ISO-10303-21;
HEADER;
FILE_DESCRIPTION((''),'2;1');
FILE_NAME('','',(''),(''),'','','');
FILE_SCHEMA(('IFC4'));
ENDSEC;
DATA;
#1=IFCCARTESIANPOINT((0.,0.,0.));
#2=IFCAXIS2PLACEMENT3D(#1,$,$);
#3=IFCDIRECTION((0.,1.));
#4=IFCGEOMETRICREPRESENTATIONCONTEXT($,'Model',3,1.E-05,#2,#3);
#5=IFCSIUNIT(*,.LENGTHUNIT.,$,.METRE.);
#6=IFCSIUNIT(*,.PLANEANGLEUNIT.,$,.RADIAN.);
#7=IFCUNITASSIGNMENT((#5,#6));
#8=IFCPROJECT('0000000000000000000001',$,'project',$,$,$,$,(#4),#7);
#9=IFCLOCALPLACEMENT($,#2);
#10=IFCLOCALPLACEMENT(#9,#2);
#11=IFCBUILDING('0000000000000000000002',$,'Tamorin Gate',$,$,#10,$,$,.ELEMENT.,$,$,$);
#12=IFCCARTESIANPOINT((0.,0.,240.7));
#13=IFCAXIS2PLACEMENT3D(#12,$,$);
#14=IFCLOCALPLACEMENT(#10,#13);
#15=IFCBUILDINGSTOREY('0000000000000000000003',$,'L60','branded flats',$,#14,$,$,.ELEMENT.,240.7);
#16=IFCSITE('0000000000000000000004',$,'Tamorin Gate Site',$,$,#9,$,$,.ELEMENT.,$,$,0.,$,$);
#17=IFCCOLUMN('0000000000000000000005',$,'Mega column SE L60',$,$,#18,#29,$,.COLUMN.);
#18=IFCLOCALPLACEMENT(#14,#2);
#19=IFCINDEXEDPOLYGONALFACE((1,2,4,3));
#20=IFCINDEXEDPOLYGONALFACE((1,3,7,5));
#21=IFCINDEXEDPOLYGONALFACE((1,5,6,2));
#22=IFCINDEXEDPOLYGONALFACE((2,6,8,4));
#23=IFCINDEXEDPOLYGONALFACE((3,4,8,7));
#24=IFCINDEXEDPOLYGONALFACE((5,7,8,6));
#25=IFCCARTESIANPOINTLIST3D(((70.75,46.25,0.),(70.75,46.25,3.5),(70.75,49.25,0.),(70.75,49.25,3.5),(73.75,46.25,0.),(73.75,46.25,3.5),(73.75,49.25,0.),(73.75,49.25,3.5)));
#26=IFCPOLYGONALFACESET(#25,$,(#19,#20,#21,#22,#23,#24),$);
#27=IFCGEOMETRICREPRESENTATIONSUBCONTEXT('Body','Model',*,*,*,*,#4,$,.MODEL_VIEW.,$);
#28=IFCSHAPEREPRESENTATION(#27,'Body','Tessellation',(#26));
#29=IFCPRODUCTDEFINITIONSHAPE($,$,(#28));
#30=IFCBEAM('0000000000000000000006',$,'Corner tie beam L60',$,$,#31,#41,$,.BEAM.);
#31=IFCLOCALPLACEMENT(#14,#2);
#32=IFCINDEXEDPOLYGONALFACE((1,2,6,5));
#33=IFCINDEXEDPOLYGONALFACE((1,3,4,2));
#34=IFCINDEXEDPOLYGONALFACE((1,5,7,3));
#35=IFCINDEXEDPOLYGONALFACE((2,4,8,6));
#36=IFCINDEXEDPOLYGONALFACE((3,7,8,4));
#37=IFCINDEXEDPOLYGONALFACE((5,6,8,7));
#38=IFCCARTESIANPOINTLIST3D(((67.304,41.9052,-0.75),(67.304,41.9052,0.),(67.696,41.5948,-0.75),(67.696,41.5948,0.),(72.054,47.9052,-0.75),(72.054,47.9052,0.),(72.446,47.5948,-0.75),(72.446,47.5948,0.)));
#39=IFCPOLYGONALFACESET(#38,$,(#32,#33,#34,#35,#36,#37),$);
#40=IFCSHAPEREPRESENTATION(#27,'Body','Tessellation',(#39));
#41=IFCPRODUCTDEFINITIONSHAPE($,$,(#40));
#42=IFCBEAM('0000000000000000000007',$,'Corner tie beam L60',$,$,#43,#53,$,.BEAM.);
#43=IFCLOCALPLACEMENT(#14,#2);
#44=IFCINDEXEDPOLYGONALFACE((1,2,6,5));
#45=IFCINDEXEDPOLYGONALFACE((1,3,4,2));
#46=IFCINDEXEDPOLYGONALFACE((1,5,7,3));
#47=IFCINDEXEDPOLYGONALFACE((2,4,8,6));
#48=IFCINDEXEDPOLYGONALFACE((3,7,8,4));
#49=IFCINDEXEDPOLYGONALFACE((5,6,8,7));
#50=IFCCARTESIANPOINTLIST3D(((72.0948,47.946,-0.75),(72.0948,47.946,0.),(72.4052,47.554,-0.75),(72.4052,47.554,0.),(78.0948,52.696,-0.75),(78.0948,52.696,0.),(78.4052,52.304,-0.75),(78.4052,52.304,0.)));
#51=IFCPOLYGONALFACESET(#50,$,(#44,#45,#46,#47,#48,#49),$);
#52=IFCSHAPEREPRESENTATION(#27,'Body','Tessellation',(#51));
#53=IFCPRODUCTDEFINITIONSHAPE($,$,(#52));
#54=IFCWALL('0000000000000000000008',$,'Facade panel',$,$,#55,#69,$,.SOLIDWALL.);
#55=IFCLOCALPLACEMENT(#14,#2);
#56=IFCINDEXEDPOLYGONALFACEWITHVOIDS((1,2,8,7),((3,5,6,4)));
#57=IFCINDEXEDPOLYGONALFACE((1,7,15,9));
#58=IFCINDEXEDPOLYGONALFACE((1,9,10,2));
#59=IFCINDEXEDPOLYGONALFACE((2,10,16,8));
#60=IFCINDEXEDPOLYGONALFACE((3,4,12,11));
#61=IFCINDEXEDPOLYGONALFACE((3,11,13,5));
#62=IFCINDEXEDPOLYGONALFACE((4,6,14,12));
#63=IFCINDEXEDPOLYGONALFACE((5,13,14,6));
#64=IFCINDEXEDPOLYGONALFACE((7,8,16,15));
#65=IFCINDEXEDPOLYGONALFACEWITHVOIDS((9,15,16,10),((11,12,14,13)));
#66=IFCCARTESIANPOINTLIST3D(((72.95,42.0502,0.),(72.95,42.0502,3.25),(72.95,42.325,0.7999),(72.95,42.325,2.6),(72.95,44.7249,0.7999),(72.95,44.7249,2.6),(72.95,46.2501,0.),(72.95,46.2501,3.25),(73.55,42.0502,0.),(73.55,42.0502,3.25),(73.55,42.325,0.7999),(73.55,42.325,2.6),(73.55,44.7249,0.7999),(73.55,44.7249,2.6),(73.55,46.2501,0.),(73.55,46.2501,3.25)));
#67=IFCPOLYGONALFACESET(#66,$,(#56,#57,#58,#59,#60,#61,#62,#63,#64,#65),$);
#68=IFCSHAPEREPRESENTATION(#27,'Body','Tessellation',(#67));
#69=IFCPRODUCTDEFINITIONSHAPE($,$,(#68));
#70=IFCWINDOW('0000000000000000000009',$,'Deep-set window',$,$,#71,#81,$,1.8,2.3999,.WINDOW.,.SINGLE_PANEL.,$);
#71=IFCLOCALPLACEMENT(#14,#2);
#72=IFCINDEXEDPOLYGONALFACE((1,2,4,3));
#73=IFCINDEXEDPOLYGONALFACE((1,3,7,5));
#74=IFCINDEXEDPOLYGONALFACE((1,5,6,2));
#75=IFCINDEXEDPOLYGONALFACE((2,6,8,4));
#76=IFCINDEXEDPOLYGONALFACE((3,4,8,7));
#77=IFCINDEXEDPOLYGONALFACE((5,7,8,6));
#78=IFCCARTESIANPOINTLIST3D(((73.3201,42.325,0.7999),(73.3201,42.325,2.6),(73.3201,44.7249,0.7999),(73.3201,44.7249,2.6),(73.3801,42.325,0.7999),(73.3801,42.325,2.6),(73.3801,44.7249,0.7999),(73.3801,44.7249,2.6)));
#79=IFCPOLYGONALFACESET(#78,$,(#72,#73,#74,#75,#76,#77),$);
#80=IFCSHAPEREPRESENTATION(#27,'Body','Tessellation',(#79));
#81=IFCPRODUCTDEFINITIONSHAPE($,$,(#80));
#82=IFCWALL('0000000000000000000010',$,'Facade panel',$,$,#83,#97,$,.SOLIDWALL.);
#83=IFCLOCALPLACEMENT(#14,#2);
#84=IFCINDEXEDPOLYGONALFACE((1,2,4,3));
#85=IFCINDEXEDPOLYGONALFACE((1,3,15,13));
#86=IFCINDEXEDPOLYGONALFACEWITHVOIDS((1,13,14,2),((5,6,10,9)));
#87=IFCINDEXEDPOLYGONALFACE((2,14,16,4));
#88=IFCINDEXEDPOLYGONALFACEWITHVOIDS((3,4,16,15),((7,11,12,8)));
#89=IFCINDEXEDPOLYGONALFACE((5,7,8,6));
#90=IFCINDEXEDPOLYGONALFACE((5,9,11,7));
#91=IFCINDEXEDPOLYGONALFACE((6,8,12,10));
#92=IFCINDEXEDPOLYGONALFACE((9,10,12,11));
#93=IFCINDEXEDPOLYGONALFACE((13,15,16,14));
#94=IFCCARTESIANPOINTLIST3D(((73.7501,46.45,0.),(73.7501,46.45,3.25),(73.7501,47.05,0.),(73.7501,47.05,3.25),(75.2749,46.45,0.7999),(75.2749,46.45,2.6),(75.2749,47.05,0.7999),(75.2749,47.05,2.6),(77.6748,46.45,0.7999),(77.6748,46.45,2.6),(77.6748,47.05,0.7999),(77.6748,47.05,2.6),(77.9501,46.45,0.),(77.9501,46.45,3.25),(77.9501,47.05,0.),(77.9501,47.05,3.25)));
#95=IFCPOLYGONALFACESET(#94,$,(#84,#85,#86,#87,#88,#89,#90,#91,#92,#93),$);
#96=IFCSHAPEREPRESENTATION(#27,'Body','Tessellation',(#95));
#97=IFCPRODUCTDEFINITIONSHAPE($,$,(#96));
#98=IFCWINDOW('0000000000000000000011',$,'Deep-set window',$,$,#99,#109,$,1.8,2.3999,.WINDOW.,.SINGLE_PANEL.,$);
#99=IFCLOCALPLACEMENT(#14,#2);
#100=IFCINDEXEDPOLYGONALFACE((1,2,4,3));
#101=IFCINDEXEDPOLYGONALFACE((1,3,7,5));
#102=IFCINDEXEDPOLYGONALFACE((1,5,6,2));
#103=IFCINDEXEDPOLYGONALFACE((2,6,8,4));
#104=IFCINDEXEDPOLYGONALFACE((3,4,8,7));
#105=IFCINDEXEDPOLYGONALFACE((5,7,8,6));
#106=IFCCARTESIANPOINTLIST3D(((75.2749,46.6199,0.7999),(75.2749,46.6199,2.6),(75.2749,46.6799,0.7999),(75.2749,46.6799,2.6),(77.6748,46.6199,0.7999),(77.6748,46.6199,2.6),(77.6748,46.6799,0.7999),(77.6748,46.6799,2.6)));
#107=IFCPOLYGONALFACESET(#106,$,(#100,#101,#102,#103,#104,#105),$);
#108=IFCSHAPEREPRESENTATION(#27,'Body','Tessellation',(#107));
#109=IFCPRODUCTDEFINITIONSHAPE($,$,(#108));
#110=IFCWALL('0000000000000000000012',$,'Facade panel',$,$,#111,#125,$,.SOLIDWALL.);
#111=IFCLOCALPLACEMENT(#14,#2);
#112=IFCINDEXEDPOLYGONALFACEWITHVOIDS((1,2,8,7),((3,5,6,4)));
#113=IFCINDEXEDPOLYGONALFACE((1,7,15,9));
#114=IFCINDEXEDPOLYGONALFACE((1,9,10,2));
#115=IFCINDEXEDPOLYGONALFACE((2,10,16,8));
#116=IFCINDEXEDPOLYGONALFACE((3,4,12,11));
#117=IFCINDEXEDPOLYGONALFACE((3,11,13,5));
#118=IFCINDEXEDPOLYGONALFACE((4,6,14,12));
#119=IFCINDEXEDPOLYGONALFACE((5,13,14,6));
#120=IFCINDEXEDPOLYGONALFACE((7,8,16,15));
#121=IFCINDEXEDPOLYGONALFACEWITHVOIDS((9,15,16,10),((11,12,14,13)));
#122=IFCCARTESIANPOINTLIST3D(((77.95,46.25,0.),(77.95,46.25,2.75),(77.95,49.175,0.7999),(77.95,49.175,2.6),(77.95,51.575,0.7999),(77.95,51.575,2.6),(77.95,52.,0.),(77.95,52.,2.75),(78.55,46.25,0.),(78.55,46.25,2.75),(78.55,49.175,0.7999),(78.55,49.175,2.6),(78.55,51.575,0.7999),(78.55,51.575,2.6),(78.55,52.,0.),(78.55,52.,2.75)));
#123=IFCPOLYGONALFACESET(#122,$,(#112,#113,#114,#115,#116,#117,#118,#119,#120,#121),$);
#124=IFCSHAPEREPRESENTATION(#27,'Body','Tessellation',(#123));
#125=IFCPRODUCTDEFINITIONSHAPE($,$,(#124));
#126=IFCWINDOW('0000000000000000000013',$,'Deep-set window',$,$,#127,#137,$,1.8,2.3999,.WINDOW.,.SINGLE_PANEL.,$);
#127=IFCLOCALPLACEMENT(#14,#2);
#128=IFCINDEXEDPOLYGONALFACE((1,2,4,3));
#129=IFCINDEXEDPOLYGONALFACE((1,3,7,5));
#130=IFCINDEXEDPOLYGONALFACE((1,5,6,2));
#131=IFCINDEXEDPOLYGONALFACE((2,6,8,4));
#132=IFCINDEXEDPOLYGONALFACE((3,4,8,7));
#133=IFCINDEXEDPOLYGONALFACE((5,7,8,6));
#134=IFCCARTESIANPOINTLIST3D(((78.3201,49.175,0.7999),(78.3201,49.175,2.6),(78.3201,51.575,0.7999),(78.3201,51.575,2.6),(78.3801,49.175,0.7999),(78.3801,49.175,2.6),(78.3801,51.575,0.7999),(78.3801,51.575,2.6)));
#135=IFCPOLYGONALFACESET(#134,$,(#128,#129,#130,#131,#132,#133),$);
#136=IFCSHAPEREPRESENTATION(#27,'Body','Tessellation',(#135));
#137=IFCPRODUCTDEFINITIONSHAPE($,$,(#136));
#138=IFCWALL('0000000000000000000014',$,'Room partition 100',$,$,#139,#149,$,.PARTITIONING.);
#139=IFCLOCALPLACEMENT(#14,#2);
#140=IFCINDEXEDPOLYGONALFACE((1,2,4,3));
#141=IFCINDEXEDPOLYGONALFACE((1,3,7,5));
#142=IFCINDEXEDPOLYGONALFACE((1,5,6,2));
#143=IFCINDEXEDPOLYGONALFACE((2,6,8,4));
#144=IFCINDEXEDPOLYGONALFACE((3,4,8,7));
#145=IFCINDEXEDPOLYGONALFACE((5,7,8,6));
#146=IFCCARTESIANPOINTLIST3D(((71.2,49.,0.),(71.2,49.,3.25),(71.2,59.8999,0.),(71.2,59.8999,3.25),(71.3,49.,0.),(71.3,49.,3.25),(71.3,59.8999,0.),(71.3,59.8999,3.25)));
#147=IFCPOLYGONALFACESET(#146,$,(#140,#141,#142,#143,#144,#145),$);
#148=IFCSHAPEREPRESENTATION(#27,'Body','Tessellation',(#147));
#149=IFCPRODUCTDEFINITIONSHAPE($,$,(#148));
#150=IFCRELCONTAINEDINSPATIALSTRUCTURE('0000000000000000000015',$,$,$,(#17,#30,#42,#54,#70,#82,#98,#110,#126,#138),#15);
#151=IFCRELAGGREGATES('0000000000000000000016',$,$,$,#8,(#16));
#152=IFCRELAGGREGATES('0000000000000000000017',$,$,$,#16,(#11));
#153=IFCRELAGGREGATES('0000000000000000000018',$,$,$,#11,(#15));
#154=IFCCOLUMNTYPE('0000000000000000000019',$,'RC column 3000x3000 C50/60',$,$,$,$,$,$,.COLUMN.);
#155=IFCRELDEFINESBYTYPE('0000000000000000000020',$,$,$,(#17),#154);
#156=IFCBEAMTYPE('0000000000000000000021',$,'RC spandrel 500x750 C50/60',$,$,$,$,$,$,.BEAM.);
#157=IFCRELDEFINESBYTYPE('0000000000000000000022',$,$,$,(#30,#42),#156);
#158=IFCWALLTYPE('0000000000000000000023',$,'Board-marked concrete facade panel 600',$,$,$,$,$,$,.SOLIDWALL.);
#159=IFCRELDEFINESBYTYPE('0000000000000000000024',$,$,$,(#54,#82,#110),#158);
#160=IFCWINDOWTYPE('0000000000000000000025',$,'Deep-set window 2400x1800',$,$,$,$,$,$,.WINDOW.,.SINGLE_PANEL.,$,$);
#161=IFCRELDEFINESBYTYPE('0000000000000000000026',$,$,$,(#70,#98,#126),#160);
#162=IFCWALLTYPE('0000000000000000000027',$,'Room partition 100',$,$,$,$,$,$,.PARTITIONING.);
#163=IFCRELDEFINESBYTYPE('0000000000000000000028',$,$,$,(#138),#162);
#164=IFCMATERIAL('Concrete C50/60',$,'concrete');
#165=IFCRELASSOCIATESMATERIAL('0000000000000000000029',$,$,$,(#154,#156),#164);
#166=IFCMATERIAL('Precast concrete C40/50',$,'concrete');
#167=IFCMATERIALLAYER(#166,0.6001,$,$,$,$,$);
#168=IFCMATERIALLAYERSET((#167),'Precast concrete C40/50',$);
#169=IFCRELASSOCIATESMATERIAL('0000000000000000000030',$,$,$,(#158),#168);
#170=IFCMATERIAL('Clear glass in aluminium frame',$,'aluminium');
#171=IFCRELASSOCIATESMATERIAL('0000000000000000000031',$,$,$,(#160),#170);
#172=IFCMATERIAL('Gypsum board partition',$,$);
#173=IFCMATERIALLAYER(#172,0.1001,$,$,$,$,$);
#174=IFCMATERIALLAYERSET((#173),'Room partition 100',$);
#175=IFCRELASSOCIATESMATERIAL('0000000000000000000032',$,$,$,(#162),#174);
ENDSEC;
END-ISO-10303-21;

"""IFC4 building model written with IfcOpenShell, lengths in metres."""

from ifc_helpers import new_model, si_unit, direction, frame, frame_2d, origin, origin_2d, place, context, subcontext, project, spatial, rectangle, extrude, material, layer, layer_set, material_profile, profile_set, type_object, element, fill, save


model = new_model("IFC4")

# Units and contexts
model_context = context("Model", 3, precision=1e-05, world=origin(), true_north=direction((0.0, 1.0)))
body_context = subcontext(model_context, "Body", "Model", "MODEL_VIEW")
ifc_project = project(units=[si_unit("LENGTHUNIT", "METRE"), si_unit("PLANEANGLEUNIT", "RADIAN")], contexts=[model_context])

# Site, building, storey
site_placement = place(None, origin())
site = spatial("IfcSite", under=ifc_project, at=site_placement, Name="Tamorin Gate Site", CompositionType="ELEMENT", RefElevation=0.0)
building_placement = place(site_placement, origin())
building = spatial("IfcBuilding", under=site, at=building_placement, Name="Tamorin Gate", CompositionType="ELEMENT")
storey_placement = place(building_placement, frame((0.0, 0.0, 240.7)))
storey = spatial("IfcBuildingStorey", under=building, at=storey_placement, Name="L60", Description="branded flats", CompositionType="ELEMENT", Elevation=240.7)

# Column
ifc_material_1 = material(Name="Concrete C50/60", Category="concrete")
ifc_material_profile_1 = material_profile(ifc_material_1, rectangle(XDim=3.0, YDim=3.0, at=origin_2d()), Name="RC 3000x3000")
ifc_profile_set_1 = profile_set([ifc_material_profile_1], Name="Concrete C50/60")
column_type = type_object("IfcColumnType", Name="RC column 3000x3000 C50/60", PredefinedType="COLUMN", material=ifc_profile_set_1)
column_placement = place(storey_placement, frame((72.25, 47.75, 0.0), z_axis=(0.0, 0.0, 1.0), x_axis=(1.0, 0.0, 0.0)))
element("IfcColumn", 1, at=column_placement, inside=storey, type_object=column_type, Name="Mega column SE L60", PredefinedType="COLUMN", context=body_context, shape_type="SweptSolid", body=[
    extrude(rectangle(XDim=3.0, YDim=3.0, at=origin_2d()), origin(), (0.0, 0.0, 1.0), 3.5),
])

# Beams
ifc_material_profile_2 = material_profile(ifc_material_1, rectangle(XDim=0.5, YDim=0.75, at=origin_2d()), Name="RC 500x750")
ifc_profile_set_2 = profile_set([ifc_material_profile_2], Name="Concrete C50/60")
beam_type = type_object("IfcBeamType", Name="RC spandrel 500x750 C50/60", PredefinedType="BEAM", material=ifc_profile_set_2)
for number, where, z_axis, x_axis, name in (
    (2, (72.25, 47.75, -0.375), (-0.620703, -0.784046, 0.0), (0.784046, -0.620703, 0.0), "Corner tie beam L60"),
    (3, (72.25, 47.75, -0.375), (0.784046, 0.620703, 0.0), (-0.620703, 0.784046, 0.0), "Corner tie beam L60"),
):
    element("IfcBeam", number, at=place(storey_placement, frame(where, z_axis=z_axis, x_axis=x_axis)), inside=storey, type_object=beam_type, Name=name, PredefinedType="BEAM", context=body_context, shape_type="SweptSolid", body=[
        extrude(rectangle(XDim=0.5, YDim=0.75, at=origin_2d()), origin(), (0.0, 0.0, 1.0), 7.6526),
    ])

# Walls, openings, windows
ifc_material_2 = material(Name="Precast concrete C40/50", Category="concrete")
ifc_layer_1 = layer(ifc_material_2, 0.6001)
ifc_layer_set_1 = layer_set([ifc_layer_1], Name="Precast concrete C40/50")
wall_type_1 = type_object("IfcWallType", Name="Board-marked concrete facade panel 600", PredefinedType="SOLIDWALL", material=ifc_layer_set_1)
wall_1_placement = place(storey_placement, frame((73.25, 42.05, 0.0), z_axis=(0.0, 0.0, 1.0), x_axis=(0.0, 1.0, 0.0)))
wall_1 = element("IfcWall", 4, at=wall_1_placement, inside=storey, type_object=wall_type_1, Name="Facade panel", PredefinedType="SOLIDWALL", context=body_context, shape_type="SweptSolid", body=[
    extrude(rectangle(XDim=4.2, YDim=0.6001, at=frame_2d((2.1001, 0.0))), origin(), (0.0, 0.0, 1.0), 3.25),
])
opening_1_placement = place(wall_1_placement, frame((0.2749, 0.0, 0.8)))
opening_1 = element("IfcOpeningElement", 5, at=opening_1_placement, cuts=wall_1, PredefinedType="OPENING", context=body_context, shape_type="SweptSolid", body=[
    extrude(rectangle(XDim=2.3999, YDim=1.8, at=frame_2d((1.2, 0.8999))), frame((0.0, 0.3101, 0.0), z_axis=(0.0, -1.0, 0.0), x_axis=(1.0, 0.0, 0.0)), (0.0, 0.0, 1.0), 0.6201),
])
ifc_material_3 = material(Name="Clear glass in aluminium frame", Category="aluminium")
window_type = type_object("IfcWindowType", Name="Deep-set window 2400x1800", PartitioningType="SINGLE_PANEL", PredefinedType="WINDOW", material=ifc_material_3)
window_1_placement = place(opening_1_placement, origin())
window_1 = element("IfcWindow", 6, at=window_1_placement, inside=storey, type_object=window_type, Name="Deep-set window", OverallHeight=1.8, OverallWidth=2.3999, PartitioningType="SINGLE_PANEL", PredefinedType="WINDOW", context=body_context, shape_type="SweptSolid", body=[
    extrude(rectangle(XDim=2.3999, YDim=1.8, at=frame_2d((1.2, 0.8999))), frame((0.0, -0.0701, 0.0), z_axis=(0.0, -1.0, 0.0), x_axis=(1.0, 0.0, 0.0)), (0.0, 0.0, 1.0), 0.0601),
])
fill(opening_1, window_1)
wall_2_placement = place(storey_placement, frame((73.75, 46.75, 0.0), z_axis=(0.0, 0.0, 1.0), x_axis=(1.0, 0.0, 0.0)))
wall_2 = element("IfcWall", 7, at=wall_2_placement, inside=storey, type_object=wall_type_1, Name="Facade panel", PredefinedType="SOLIDWALL", context=body_context, shape_type="SweptSolid", body=[
    extrude(rectangle(XDim=4.2, YDim=0.6001, at=frame_2d((2.1001, 0.0))), origin(), (0.0, 0.0, 1.0), 3.25),
])
opening_2_placement = place(wall_2_placement, frame((1.5249, 0.0, 0.8)))
opening_2 = element("IfcOpeningElement", 8, at=opening_2_placement, cuts=wall_2, PredefinedType="OPENING", context=body_context, shape_type="SweptSolid", body=[
    extrude(rectangle(XDim=2.3999, YDim=1.8, at=frame_2d((1.2, 0.8999))), frame((0.0, 0.3101, 0.0), z_axis=(0.0, -1.0, 0.0), x_axis=(1.0, 0.0, 0.0)), (0.0, 0.0, 1.0), 0.6201),
])
window_2_placement = place(opening_2_placement, origin())
window_2 = element("IfcWindow", 9, at=window_2_placement, inside=storey, type_object=window_type, Name="Deep-set window", OverallHeight=1.8, OverallWidth=2.3999, PartitioningType="SINGLE_PANEL", PredefinedType="WINDOW", context=body_context, shape_type="SweptSolid", body=[
    extrude(rectangle(XDim=2.3999, YDim=1.8, at=frame_2d((1.2, 0.8999))), frame((0.0, -0.0701, 0.0), z_axis=(0.0, -1.0, 0.0), x_axis=(1.0, 0.0, 0.0)), (0.0, 0.0, 1.0), 0.0601),
])
fill(opening_2, window_2)
wall_3_placement = place(storey_placement, frame((78.25, 46.25, 0.0), z_axis=(0.0, 0.0, 1.0), x_axis=(0.0, 1.0, 0.0)))
wall_3 = element("IfcWall", 10, at=wall_3_placement, inside=storey, type_object=wall_type_1, Name="Facade panel", PredefinedType="SOLIDWALL", context=body_context, shape_type="SweptSolid", body=[
    extrude(rectangle(XDim=5.75, YDim=0.6001, at=frame_2d((2.875, 0.0))), origin(), (0.0, 0.0, 1.0), 2.75),
])
opening_3_placement = place(wall_3_placement, frame((2.925, 0.0, 0.8)))
opening_3 = element("IfcOpeningElement", 11, at=opening_3_placement, cuts=wall_3, PredefinedType="OPENING", context=body_context, shape_type="SweptSolid", body=[
    extrude(rectangle(XDim=2.3999, YDim=1.8, at=frame_2d((1.2, 0.8999))), frame((0.0, 0.3101, 0.0), z_axis=(0.0, -1.0, 0.0), x_axis=(1.0, 0.0, 0.0)), (0.0, 0.0, 1.0), 0.6201),
])
window_3_placement = place(opening_3_placement, origin())
window_3 = element("IfcWindow", 12, at=window_3_placement, inside=storey, type_object=window_type, Name="Deep-set window", OverallHeight=1.8, OverallWidth=2.3999, PartitioningType="SINGLE_PANEL", PredefinedType="WINDOW", context=body_context, shape_type="SweptSolid", body=[
    extrude(rectangle(XDim=2.3999, YDim=1.8, at=frame_2d((1.2, 0.8999))), frame((0.0, -0.0701, 0.0), z_axis=(0.0, -1.0, 0.0), x_axis=(1.0, 0.0, 0.0)), (0.0, 0.0, 1.0), 0.0601),
])
fill(opening_3, window_3)

# Wall
ifc_material_4 = material(Name="Gypsum board partition")
ifc_layer_2 = layer(ifc_material_4, 0.1001)
ifc_layer_set_2 = layer_set([ifc_layer_2], Name="Room partition 100")
wall_type_2 = type_object("IfcWallType", Name="Room partition 100", PredefinedType="PARTITIONING", material=ifc_layer_set_2)
wall_4_placement = place(storey_placement, frame((71.25, 49.0, 0.0), z_axis=(0.0, 0.0, 1.0), x_axis=(0.0, 1.0, 0.0)))
element("IfcWall", 13, at=wall_4_placement, inside=storey, type_object=wall_type_2, Name="Room partition 100", PredefinedType="PARTITIONING", context=body_context, shape_type="SweptSolid", body=[
    extrude(rectangle(XDim=10.8999, YDim=0.1001, at=frame_2d((5.45, 0.0))), origin(), (0.0, 0.0, 1.0), 3.25),
])

save(model, "model.ifc")
